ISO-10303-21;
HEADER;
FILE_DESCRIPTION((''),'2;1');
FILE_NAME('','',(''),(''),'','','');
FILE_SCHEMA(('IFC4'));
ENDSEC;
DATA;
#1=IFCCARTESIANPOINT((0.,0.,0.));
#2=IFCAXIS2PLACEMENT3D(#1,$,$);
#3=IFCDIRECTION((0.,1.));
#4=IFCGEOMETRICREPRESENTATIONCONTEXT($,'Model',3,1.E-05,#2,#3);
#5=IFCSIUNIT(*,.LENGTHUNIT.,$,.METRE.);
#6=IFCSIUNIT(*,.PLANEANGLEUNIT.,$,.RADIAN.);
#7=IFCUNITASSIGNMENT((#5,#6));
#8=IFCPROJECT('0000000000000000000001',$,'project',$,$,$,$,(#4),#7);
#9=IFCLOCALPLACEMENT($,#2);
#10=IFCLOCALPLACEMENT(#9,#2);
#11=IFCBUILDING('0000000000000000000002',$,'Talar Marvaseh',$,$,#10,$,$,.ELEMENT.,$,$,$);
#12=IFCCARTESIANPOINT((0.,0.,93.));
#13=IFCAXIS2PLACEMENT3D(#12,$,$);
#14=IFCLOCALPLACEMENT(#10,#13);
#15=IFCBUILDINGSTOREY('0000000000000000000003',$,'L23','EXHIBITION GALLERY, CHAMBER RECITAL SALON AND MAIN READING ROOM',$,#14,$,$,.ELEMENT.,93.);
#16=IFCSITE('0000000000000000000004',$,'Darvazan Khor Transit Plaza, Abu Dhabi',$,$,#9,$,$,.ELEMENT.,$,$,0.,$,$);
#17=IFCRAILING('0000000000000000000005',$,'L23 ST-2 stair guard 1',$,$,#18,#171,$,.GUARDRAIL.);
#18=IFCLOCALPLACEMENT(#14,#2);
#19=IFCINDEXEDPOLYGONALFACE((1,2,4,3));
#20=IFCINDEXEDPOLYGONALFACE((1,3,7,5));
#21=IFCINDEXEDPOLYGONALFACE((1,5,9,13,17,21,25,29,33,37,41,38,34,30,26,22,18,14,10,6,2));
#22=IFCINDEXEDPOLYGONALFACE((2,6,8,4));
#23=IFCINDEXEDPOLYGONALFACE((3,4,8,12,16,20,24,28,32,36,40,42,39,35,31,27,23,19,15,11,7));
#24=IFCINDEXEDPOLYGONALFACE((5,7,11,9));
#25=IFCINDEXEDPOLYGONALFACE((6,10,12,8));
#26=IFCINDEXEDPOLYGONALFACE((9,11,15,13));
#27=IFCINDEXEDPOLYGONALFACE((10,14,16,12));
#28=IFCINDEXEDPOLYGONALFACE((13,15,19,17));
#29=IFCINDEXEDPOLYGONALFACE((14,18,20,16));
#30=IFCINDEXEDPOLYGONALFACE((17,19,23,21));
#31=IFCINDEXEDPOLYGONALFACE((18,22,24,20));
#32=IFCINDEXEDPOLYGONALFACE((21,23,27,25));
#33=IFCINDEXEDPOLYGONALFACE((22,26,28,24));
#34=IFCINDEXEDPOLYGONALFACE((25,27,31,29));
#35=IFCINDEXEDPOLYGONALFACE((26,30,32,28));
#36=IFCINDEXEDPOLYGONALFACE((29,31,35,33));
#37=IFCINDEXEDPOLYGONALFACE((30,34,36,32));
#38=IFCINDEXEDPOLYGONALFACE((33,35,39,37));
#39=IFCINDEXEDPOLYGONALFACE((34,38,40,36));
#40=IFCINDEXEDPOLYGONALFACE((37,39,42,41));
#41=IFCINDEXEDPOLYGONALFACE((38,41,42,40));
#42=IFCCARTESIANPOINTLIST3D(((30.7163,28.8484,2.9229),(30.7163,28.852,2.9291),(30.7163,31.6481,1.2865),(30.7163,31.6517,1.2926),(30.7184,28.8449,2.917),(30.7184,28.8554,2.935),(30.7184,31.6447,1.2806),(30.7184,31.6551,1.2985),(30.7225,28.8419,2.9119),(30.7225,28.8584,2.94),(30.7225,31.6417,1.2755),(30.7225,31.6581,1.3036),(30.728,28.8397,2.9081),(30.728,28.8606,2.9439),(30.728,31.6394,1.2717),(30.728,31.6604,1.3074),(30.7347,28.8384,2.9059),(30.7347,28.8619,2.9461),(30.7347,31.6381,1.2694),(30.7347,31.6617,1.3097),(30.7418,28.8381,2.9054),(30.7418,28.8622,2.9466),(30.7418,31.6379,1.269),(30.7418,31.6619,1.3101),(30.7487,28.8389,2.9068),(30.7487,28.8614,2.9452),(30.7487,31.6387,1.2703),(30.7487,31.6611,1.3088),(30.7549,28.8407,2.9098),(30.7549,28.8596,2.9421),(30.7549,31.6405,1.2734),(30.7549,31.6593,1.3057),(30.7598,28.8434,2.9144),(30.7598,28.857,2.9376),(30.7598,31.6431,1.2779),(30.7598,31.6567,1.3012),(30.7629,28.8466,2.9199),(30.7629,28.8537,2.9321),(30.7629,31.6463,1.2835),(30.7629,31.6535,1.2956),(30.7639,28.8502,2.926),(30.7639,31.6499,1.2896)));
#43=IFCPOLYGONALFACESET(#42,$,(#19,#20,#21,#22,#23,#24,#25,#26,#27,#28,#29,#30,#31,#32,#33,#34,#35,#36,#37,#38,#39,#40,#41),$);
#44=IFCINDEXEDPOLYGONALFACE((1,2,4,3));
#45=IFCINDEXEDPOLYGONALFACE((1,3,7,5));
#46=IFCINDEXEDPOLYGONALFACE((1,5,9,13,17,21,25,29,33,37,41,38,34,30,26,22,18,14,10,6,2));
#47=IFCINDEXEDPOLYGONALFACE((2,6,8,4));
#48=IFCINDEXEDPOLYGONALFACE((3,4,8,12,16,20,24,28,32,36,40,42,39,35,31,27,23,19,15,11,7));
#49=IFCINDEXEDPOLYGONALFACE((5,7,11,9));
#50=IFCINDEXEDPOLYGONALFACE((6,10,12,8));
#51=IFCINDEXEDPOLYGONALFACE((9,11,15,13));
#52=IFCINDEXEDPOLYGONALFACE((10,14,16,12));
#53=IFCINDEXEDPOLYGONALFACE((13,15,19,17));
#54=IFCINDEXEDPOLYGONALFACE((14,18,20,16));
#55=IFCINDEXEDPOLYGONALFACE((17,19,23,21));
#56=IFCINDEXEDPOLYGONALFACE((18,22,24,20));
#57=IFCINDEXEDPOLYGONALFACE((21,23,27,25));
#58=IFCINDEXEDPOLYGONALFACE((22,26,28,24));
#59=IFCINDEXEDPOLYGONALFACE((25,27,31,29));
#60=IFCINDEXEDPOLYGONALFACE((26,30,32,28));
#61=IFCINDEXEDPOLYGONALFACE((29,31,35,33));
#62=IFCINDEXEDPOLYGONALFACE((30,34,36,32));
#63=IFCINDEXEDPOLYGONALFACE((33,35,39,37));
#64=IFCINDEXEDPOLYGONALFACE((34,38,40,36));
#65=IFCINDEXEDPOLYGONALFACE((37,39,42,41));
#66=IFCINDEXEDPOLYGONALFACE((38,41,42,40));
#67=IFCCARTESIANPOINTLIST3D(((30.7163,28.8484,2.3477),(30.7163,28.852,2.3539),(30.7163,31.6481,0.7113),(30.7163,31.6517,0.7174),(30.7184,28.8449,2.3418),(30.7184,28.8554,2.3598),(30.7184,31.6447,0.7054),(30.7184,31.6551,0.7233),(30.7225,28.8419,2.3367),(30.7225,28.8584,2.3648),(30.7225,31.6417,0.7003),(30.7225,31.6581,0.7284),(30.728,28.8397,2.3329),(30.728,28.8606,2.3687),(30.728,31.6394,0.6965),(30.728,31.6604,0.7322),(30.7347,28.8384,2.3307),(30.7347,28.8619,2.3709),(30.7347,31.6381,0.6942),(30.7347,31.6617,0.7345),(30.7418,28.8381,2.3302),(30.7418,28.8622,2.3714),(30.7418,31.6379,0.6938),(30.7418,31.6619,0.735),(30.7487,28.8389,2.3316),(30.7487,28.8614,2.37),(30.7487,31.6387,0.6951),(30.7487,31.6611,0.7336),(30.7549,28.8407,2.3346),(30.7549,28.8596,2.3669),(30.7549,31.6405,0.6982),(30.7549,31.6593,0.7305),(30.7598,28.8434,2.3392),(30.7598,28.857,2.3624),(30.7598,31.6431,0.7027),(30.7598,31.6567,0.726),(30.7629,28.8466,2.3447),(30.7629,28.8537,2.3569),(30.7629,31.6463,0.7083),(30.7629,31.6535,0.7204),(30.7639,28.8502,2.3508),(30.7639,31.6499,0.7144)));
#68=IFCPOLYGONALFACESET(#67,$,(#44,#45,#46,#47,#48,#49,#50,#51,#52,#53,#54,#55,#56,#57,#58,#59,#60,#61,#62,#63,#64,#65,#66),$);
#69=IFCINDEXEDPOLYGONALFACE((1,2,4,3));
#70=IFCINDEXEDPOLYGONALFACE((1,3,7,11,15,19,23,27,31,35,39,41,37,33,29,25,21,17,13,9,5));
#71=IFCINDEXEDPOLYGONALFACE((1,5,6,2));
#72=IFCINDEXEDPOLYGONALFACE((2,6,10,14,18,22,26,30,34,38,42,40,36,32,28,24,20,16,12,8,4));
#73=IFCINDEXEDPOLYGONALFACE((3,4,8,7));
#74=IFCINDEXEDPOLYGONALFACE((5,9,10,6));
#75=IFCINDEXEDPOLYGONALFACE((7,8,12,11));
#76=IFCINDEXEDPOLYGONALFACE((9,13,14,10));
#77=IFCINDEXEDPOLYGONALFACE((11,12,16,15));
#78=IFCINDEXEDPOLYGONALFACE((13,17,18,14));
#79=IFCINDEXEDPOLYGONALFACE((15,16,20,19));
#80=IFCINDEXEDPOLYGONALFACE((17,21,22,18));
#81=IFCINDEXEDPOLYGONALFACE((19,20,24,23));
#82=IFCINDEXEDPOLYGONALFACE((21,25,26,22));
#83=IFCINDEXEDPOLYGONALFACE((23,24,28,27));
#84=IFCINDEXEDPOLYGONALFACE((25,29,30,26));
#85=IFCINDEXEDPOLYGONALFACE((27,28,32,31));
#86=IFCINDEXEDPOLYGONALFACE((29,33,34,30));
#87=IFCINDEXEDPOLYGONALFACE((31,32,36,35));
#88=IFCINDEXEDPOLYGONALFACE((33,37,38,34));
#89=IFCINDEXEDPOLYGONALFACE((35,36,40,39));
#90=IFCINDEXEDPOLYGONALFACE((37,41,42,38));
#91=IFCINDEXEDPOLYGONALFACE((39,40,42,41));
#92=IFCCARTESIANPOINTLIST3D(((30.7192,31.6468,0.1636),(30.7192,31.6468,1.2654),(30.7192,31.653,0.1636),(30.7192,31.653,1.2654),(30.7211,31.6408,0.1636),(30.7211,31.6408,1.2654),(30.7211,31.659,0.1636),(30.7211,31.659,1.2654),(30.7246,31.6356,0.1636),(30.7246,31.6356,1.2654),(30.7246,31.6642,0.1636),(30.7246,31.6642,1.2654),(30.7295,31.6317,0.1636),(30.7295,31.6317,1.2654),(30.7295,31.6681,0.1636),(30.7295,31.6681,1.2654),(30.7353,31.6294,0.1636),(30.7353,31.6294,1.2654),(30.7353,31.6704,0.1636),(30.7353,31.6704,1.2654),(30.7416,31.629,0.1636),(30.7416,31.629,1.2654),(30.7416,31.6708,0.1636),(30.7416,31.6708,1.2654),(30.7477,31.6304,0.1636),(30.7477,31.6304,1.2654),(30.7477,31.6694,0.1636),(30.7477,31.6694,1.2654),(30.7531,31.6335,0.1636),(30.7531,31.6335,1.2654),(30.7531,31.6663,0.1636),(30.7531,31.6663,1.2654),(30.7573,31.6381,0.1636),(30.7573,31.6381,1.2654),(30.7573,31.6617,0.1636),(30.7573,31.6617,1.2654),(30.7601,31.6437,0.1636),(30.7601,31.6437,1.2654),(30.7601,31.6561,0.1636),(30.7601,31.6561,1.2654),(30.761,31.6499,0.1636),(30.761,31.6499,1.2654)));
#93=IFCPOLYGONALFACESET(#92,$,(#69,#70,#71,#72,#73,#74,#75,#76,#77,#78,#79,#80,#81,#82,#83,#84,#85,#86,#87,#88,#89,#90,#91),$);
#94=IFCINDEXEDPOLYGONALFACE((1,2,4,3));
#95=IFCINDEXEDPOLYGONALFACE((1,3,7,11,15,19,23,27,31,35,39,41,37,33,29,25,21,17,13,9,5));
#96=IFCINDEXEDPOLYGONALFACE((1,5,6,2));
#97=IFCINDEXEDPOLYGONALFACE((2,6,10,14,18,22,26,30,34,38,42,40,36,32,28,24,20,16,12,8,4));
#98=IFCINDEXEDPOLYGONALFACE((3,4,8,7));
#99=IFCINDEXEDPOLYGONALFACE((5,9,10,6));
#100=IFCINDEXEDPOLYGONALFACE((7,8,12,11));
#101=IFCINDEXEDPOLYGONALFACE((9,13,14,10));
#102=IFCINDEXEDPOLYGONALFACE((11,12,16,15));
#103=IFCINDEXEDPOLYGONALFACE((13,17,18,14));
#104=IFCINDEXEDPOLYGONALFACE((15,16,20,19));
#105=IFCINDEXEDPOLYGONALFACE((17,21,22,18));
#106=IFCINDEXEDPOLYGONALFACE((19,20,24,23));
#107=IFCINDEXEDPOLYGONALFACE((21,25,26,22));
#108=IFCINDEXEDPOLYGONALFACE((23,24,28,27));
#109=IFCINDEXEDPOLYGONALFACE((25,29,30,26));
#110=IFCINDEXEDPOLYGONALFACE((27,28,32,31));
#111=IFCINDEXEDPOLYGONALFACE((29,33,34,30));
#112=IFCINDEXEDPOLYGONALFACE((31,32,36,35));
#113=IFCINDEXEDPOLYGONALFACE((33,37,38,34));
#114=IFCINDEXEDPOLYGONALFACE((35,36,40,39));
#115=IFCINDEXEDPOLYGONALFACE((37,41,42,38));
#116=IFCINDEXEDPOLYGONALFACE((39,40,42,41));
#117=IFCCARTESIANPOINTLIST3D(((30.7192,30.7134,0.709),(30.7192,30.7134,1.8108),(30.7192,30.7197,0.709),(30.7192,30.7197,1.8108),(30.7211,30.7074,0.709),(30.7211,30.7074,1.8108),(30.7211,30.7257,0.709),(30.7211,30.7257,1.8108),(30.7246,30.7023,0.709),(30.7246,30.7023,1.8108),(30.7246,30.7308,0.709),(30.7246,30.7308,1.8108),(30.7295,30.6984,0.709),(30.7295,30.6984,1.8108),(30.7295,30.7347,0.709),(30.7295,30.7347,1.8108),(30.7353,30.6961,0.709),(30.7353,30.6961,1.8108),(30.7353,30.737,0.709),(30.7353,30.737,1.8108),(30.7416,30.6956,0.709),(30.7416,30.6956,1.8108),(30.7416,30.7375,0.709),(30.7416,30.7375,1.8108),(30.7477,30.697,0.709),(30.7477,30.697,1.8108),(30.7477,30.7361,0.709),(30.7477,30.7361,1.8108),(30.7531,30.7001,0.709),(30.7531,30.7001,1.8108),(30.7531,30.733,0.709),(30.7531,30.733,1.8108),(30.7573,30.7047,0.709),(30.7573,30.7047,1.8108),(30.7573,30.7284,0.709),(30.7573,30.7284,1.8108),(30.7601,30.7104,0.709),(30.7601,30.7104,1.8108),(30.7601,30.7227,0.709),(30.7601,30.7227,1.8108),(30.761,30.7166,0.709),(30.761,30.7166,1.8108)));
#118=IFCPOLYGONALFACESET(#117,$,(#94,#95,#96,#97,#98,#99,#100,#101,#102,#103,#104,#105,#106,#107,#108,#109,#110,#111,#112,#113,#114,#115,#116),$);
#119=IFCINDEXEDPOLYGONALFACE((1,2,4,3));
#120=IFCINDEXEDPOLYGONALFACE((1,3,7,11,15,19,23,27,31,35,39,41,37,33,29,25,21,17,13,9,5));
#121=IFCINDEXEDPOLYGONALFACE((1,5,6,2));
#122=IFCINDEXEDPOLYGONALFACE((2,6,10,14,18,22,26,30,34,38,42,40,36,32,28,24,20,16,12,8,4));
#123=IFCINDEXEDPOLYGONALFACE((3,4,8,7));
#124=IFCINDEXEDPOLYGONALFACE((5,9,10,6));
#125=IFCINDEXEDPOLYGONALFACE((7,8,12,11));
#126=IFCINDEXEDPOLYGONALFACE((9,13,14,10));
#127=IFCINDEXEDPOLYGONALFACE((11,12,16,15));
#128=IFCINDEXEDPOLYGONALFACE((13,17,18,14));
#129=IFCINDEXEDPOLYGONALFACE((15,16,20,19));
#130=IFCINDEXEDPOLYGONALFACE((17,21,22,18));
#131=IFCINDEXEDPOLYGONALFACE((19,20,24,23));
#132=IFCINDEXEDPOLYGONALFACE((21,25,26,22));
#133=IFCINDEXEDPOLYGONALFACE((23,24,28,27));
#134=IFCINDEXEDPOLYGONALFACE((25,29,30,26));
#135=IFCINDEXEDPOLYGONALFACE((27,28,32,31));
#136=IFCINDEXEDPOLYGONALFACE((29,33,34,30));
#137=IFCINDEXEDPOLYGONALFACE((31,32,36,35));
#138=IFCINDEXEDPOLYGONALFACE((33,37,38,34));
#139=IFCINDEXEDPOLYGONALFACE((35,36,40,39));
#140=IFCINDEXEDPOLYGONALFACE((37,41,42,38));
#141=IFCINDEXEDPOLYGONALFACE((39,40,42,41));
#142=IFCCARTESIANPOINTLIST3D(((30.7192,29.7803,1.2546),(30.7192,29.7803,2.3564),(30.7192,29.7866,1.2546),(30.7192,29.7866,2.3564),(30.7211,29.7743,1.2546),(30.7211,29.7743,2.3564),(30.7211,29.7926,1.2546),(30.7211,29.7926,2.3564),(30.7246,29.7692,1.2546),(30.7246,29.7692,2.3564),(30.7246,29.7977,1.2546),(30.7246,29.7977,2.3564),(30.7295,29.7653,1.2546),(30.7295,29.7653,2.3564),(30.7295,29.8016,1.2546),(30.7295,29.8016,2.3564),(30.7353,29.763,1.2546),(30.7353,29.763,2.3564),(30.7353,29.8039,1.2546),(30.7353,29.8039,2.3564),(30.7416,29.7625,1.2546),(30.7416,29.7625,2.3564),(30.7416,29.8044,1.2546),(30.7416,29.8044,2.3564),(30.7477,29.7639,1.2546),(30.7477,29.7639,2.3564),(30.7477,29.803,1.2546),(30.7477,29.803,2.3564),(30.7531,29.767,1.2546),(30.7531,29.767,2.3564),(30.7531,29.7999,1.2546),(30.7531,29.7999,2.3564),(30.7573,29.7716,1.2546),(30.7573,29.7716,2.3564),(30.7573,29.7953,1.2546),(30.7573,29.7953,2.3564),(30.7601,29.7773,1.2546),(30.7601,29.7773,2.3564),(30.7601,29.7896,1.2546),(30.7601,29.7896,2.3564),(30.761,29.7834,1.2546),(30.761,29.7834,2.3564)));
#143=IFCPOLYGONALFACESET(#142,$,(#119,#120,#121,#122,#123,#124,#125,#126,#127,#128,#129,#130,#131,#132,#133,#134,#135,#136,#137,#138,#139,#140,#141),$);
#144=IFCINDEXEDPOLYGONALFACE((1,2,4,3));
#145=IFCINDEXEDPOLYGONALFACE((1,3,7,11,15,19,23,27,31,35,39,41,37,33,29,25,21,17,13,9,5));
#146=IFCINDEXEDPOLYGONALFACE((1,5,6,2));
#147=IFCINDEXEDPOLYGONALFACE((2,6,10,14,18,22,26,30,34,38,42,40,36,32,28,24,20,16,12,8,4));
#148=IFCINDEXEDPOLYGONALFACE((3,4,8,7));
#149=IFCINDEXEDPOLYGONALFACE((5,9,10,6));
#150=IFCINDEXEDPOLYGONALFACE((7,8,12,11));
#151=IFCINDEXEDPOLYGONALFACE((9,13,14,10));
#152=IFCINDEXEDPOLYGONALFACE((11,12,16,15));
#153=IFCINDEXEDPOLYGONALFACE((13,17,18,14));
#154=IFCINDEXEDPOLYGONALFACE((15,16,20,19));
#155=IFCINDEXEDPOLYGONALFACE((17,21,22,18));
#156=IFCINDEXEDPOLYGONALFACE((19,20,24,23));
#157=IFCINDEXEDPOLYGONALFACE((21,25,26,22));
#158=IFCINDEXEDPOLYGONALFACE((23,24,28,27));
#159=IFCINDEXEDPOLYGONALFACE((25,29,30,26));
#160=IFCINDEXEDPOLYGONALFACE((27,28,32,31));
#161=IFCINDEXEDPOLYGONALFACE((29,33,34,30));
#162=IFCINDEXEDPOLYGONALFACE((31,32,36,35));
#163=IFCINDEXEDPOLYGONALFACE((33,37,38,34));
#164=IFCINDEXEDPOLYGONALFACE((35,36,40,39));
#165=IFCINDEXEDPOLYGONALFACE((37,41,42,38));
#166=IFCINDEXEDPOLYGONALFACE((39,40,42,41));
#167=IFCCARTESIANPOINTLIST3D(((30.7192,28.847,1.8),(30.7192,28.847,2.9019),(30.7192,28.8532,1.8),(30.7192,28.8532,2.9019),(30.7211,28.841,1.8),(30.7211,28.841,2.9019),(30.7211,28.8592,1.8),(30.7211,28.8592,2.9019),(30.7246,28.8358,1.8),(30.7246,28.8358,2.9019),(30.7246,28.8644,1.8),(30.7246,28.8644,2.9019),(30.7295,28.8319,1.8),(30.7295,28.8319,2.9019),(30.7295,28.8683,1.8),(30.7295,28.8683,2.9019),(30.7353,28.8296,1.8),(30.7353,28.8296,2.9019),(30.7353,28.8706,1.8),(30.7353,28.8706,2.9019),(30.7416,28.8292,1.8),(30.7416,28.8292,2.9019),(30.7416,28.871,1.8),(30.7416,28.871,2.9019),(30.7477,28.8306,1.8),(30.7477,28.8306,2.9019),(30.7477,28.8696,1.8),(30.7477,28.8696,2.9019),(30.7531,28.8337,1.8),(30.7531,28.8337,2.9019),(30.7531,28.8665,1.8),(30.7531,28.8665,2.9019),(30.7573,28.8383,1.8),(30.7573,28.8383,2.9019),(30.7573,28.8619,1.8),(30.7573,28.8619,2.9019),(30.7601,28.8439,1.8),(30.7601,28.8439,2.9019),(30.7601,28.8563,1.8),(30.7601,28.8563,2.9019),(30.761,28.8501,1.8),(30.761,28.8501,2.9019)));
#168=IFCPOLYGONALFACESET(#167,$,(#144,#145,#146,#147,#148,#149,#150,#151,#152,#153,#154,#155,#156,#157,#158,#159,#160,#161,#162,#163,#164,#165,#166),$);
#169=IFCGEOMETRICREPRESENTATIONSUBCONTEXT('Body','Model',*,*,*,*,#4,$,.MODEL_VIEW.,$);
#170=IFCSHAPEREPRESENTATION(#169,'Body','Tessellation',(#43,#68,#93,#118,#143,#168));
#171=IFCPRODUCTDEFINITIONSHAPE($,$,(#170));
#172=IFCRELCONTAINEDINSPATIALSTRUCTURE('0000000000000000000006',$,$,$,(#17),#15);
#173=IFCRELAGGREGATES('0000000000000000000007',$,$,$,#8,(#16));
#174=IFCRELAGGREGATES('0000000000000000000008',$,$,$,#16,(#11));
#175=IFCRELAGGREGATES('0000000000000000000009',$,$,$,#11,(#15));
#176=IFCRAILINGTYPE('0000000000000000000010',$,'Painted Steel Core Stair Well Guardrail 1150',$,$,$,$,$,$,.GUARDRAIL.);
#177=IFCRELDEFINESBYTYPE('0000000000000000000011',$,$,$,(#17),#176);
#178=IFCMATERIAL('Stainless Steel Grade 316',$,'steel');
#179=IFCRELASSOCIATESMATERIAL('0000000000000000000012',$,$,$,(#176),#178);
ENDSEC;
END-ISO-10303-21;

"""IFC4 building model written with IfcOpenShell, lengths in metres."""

from ifc_helpers import new_model, si_unit, direction, frame, origin, origin_2d, place, context, subcontext, project, spatial, circle, extrude, material, type_object, element, save


model = new_model("IFC4")

# Units and contexts
model_context = context("Model", 3, precision=1e-05, world=origin(), true_north=direction((0.0, 1.0)))
body_context = subcontext(model_context, "Body", "Model", "MODEL_VIEW")
ifc_project = project(units=[si_unit("LENGTHUNIT", "METRE"), si_unit("PLANEANGLEUNIT", "RADIAN")], contexts=[model_context])

# Site, building, storey
site_placement = place(None, origin())
site = spatial("IfcSite", under=ifc_project, at=site_placement, Name="Darvazan Khor Transit Plaza, Abu Dhabi", CompositionType="ELEMENT", RefElevation=0.0)
building_placement = place(site_placement, origin())
building = spatial("IfcBuilding", under=site, at=building_placement, Name="Talar Marvaseh", CompositionType="ELEMENT")
storey_placement = place(building_placement, frame((0.0, 0.0, 93.0)))
storey = spatial("IfcBuildingStorey", under=building, at=storey_placement, Name="L23", Description="EXHIBITION GALLERY, CHAMBER RECITAL SALON AND MAIN READING ROOM", CompositionType="ELEMENT", Elevation=93.0)

# Shared definitions
ifc_material_1 = material(Name="Stainless Steel Grade 316", Category="steel")

# Railing
railing_type_1 = type_object("IfcRailingType", Name="Painted Steel Core Stair Well Guardrail 1150", PredefinedType="GUARDRAIL", material=ifc_material_1)
railing_1_placement = place(storey_placement, frame((30.74, 31.6499, 0.1636)))
element("IfcRailing", 1, at=railing_1_placement, inside=storey, type_object=railing_type_1, Name="L23 ST-2 stair guard 1", PredefinedType="GUARDRAIL", context=body_context, shape_type="SweptSolid", body=[
    extrude(circle(Radius=0.0239, at=origin_2d()), frame((0.0, 0.0, 1.126), z_axis=(0.0, -0.863342, 0.50462), x_axis=(1.0, 0.0, 0.0)), (0.0, 0.0, 1.0), 3.2429),
    extrude(circle(Radius=0.0239, at=origin_2d()), frame((0.0, 0.0, 0.5508), z_axis=(0.0, -0.863342, 0.50462), x_axis=(1.0, 0.0, 0.0)), (0.0, 0.0, 1.0), 3.2429),
    extrude(circle(Radius=0.021, at=origin_2d()), origin(), (0.0, 0.0, 1.0), 1.1018),
    extrude(circle(Radius=0.021, at=origin_2d()), frame((0.0, -0.9333, 0.5454)), (0.0, 0.0, 1.0), 1.1018),
    extrude(circle(Radius=0.021, at=origin_2d()), frame((0.0, -1.8665, 1.0911)), (0.0, 0.0, 1.0), 1.1018),
    extrude(circle(Radius=0.021, at=origin_2d()), frame((0.0, -2.7998, 1.6365)), (0.0, 0.0, 1.0), 1.1018),
])

save(model, "model.ifc")
